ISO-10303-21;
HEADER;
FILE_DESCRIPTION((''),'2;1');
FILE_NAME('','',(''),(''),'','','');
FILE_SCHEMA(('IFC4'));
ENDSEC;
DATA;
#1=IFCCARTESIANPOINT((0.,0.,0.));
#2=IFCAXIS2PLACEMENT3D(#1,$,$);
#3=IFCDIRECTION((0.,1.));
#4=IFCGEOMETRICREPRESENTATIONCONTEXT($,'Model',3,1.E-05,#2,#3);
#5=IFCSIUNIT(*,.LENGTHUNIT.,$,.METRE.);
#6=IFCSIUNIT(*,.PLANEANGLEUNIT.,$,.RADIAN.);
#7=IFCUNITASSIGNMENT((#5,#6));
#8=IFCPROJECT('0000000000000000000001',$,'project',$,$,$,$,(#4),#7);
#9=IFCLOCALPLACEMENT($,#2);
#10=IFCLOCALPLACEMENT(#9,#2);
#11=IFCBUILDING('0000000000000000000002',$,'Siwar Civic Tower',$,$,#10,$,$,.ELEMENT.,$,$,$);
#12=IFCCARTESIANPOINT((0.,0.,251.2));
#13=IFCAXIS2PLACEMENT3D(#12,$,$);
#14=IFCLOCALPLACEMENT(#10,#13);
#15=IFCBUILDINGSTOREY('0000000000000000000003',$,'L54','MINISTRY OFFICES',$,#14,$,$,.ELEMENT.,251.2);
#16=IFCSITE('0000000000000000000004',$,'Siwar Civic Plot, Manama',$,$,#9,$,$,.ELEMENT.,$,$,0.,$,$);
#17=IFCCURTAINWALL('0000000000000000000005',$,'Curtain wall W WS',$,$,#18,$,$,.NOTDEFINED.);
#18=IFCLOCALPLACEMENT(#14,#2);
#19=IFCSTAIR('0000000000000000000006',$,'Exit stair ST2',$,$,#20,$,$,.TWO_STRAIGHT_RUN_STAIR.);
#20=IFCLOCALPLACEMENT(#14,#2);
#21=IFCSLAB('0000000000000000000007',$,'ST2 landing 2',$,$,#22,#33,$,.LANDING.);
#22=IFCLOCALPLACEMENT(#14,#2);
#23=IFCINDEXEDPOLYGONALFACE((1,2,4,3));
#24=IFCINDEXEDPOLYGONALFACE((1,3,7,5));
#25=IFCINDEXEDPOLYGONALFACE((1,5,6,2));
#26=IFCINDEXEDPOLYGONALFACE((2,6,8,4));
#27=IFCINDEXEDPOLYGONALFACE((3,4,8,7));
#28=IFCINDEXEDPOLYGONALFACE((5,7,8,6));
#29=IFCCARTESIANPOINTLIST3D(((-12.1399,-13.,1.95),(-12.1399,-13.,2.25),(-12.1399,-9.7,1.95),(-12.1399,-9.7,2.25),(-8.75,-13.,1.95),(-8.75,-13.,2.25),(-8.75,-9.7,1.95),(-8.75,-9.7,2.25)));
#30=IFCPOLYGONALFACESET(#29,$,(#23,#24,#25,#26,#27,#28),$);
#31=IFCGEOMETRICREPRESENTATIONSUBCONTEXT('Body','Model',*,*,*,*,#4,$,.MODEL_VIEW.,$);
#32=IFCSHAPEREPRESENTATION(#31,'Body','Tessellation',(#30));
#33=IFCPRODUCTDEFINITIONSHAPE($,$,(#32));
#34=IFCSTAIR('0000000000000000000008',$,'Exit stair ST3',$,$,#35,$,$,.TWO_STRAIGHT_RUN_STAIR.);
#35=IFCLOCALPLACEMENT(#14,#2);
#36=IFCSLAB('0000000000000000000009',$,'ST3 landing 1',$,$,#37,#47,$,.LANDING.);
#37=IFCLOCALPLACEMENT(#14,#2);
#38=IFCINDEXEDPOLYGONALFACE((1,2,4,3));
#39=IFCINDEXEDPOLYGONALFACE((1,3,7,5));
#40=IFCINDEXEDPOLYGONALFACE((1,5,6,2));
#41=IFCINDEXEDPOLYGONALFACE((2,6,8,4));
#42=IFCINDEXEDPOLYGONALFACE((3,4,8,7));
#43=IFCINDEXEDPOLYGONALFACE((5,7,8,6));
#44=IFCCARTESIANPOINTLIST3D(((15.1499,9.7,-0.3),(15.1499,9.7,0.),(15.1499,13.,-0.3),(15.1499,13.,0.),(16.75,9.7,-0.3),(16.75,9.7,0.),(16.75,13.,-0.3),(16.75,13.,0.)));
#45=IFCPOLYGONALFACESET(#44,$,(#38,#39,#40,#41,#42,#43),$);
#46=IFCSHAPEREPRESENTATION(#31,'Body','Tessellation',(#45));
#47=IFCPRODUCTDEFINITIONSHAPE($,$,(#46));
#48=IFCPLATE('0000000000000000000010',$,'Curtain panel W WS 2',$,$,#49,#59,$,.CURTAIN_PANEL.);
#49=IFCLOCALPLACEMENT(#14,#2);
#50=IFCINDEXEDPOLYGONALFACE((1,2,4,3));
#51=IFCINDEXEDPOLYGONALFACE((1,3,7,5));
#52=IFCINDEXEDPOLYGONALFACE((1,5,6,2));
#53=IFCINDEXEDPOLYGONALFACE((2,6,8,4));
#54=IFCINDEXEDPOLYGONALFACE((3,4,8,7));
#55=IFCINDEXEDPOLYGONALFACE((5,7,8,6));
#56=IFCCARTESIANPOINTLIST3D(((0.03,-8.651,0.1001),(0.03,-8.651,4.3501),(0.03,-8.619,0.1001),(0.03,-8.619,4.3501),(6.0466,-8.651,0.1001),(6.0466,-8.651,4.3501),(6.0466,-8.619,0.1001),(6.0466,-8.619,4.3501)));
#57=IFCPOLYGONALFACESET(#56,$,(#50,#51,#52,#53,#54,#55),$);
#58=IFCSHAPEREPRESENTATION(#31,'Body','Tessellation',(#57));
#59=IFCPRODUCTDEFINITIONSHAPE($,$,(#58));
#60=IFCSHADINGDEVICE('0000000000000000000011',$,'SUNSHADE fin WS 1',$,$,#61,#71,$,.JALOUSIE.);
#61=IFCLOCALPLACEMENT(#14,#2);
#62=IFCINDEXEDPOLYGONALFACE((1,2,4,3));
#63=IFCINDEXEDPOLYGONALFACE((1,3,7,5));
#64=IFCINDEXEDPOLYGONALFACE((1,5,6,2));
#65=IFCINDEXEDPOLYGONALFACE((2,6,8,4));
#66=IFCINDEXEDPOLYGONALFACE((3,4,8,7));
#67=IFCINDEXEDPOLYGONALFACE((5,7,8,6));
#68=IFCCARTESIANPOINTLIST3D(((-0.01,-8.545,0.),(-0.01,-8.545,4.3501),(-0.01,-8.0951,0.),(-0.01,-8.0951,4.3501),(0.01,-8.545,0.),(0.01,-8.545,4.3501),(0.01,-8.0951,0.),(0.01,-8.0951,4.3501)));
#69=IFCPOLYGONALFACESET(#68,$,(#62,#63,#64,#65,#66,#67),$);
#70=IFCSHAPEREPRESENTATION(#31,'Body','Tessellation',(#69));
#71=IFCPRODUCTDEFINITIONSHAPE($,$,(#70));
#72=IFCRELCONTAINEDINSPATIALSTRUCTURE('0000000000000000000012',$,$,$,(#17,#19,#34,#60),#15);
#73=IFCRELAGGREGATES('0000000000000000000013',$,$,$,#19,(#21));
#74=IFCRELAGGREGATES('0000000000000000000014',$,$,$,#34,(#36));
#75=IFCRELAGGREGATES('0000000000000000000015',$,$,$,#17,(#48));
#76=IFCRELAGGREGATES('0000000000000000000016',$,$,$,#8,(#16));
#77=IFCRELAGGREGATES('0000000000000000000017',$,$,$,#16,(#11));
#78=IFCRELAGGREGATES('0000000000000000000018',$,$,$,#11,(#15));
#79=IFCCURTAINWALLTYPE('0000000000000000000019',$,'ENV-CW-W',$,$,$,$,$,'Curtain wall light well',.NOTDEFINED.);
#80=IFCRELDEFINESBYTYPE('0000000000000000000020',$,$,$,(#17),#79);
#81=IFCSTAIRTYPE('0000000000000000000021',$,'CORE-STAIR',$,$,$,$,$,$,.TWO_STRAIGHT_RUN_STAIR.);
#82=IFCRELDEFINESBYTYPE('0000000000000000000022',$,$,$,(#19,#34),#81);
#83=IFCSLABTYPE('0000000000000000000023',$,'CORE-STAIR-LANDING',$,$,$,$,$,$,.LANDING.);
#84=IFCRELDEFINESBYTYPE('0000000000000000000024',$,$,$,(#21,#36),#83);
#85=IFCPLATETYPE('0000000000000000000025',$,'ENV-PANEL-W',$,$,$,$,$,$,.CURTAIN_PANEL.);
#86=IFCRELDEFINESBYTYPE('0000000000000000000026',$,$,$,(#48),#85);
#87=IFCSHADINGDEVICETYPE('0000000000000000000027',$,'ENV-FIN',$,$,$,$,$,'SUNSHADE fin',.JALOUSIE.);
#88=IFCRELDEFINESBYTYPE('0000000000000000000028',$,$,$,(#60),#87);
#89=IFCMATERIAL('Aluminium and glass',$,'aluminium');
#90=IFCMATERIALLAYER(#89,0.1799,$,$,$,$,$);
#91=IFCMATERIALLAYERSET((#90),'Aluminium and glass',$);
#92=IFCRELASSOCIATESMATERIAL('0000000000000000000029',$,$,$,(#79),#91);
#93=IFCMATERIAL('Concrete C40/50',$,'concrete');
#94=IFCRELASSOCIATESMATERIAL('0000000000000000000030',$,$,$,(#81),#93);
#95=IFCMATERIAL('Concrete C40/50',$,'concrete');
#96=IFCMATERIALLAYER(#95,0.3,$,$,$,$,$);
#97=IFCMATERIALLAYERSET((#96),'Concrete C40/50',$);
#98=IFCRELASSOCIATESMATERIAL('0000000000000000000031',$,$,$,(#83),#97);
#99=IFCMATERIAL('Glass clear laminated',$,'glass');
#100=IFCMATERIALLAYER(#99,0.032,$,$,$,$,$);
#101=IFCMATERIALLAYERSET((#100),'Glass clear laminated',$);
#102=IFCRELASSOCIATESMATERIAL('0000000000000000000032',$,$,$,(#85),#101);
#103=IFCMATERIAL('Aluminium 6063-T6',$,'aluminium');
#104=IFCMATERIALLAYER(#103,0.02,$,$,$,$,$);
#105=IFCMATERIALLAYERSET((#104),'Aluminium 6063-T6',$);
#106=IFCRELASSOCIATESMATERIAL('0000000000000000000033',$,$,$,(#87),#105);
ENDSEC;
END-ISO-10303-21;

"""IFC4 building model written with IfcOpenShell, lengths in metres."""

from ifc_helpers import new_model, si_unit, direction, frame, origin, origin_2d, place, context, subcontext, project, spatial, polyline, rectangle, outline, extrude, material, layer, layer_set, type_object, element, aggregate, save


model = new_model("IFC4")

# Units and contexts
model_context = context("Model", 3, precision=1e-05, world=origin(), true_north=direction((0.0, 1.0)))
body_context = subcontext(model_context, "Body", "Model", "MODEL_VIEW")
ifc_project = project(units=[si_unit("LENGTHUNIT", "METRE"), si_unit("PLANEANGLEUNIT", "RADIAN")], contexts=[model_context])

# Site, building, storey
site_placement = place(None, origin())
site = spatial("IfcSite", under=ifc_project, at=site_placement, Name="Siwar Civic Plot, Manama", CompositionType="ELEMENT", RefElevation=0.0)
building_placement = place(site_placement, origin())
building = spatial("IfcBuilding", under=site, at=building_placement, Name="Siwar Civic Tower", CompositionType="ELEMENT")
storey_placement = place(building_placement, frame((0.0, 0.0, 251.2)))
storey = spatial("IfcBuildingStorey", under=building, at=storey_placement, Name="L54", Description="MINISTRY OFFICES", CompositionType="ELEMENT", Elevation=251.2)

# Curtain wall
ifc_material_1 = material(Name="Aluminium and glass", Category="aluminium")
ifc_layer_1 = layer(ifc_material_1, 0.1799)
ifc_layer_set_1 = layer_set([ifc_layer_1], Name="Aluminium and glass")
curtain_wall_type = type_object("IfcCurtainWallType", Name="ENV-CW-W", ElementType="Curtain wall light well", PredefinedType="NOTDEFINED", material=ifc_layer_set_1)
curtain_wall_placement = place(storey_placement, origin())
curtain_wall = element("IfcCurtainWall", 1, at=curtain_wall_placement, inside=storey, type_object=curtain_wall_type, Name="Curtain wall W WS", PredefinedType="NOTDEFINED")

# Stair, slab
ifc_material_2 = material(Name="Concrete C40/50", Category="concrete")
stair_type = type_object("IfcStairType", Name="CORE-STAIR", PredefinedType="TWO_STRAIGHT_RUN_STAIR", material=ifc_material_2)
ifc_material_3 = material(Name="Concrete C40/50", Category="concrete")
ifc_layer_2 = layer(ifc_material_3, 0.3)
ifc_layer_set_2 = layer_set([ifc_layer_2], Name="Concrete C40/50")
slab_type = type_object("IfcSlabType", Name="CORE-STAIR-LANDING", PredefinedType="LANDING", material=ifc_layer_set_2)
stair_1_placement = place(storey_placement, origin())
stair_1 = element("IfcStair", 2, at=stair_1_placement, inside=storey, type_object=stair_type, Name="Exit stair ST2", PredefinedType="TWO_STRAIGHT_RUN_STAIR")
slab_1_placement = place(storey_placement, frame((0.0, 0.0, 1.95)))
slab_1 = element("IfcSlab", 3, at=slab_1_placement, type_object=slab_type, Name="ST2 landing 2", PredefinedType="LANDING", context=body_context, shape_type="SweptSolid", body=[
    extrude(outline(polyline([(-8.75, -9.7), (-12.1399, -9.7), (-12.1399, -13.0), (-8.75, -13.0), (-8.75, -9.7)])), origin(), (0.0, 0.0, 1.0), 0.3),
])
aggregate(stair_1, [slab_1])

# Stair, slab
stair_2_placement = place(storey_placement, origin())
stair_2 = element("IfcStair", 4, at=stair_2_placement, inside=storey, type_object=stair_type, Name="Exit stair ST3", PredefinedType="TWO_STRAIGHT_RUN_STAIR")
slab_2_placement = place(storey_placement, frame((0.0, 0.0, -0.3)))
slab_2 = element("IfcSlab", 5, at=slab_2_placement, type_object=slab_type, Name="ST3 landing 1", PredefinedType="LANDING", context=body_context, shape_type="SweptSolid", body=[
    extrude(outline(polyline([(15.1499, 9.7), (16.75, 9.7), (16.75, 13.0), (15.1499, 13.0), (15.1499, 9.7)])), origin(), (0.0, 0.0, 1.0), 0.3),
])
aggregate(stair_2, [slab_2])

# Plate
ifc_material_4 = material(Name="Glass clear laminated", Category="glass")
ifc_layer_3 = layer(ifc_material_4, 0.032)
ifc_layer_set_3 = layer_set([ifc_layer_3], Name="Glass clear laminated")
plate_type = type_object("IfcPlateType", Name="ENV-PANEL-W", PredefinedType="CURTAIN_PANEL", material=ifc_layer_set_3)
plate_placement = place(storey_placement, frame((3.0383, -8.635, 0.1001), z_axis=(0.0, 0.0, 1.0), x_axis=(1.0, 0.0, 0.0)))
plate = element("IfcPlate", 6, at=plate_placement, type_object=plate_type, Name="Curtain panel W WS 2", PredefinedType="CURTAIN_PANEL", context=body_context, shape_type="SweptSolid", body=[
    extrude(rectangle(XDim=6.0166, YDim=0.032, at=origin_2d()), origin(), (0.0, 0.0, 1.0), 4.25),
])
aggregate(curtain_wall, [plate])

# Shading device
ifc_material_5 = material(Name="Aluminium 6063-T6", Category="aluminium")
ifc_layer_4 = layer(ifc_material_5, 0.02)
ifc_layer_set_4 = layer_set([ifc_layer_4], Name="Aluminium 6063-T6")
shading_device_type = type_object("IfcShadingDeviceType", Name="ENV-FIN", ElementType="SUNSHADE fin", PredefinedType="JALOUSIE", material=ifc_layer_set_4)
shading_device_placement = place(storey_placement, frame((0.0, -8.3201, 0.0), z_axis=(0.0, 0.0, 1.0), x_axis=(1.0, 0.0, 0.0)))
element("IfcShadingDevice", 7, at=shading_device_placement, inside=storey, type_object=shading_device_type, Name="SUNSHADE fin WS 1", PredefinedType="JALOUSIE", context=body_context, shape_type="SweptSolid", body=[
    extrude(rectangle(XDim=0.02, YDim=0.45, at=origin_2d()), origin(), (0.0, 0.0, 1.0), 4.3501),
])

save(model, "model.ifc")
